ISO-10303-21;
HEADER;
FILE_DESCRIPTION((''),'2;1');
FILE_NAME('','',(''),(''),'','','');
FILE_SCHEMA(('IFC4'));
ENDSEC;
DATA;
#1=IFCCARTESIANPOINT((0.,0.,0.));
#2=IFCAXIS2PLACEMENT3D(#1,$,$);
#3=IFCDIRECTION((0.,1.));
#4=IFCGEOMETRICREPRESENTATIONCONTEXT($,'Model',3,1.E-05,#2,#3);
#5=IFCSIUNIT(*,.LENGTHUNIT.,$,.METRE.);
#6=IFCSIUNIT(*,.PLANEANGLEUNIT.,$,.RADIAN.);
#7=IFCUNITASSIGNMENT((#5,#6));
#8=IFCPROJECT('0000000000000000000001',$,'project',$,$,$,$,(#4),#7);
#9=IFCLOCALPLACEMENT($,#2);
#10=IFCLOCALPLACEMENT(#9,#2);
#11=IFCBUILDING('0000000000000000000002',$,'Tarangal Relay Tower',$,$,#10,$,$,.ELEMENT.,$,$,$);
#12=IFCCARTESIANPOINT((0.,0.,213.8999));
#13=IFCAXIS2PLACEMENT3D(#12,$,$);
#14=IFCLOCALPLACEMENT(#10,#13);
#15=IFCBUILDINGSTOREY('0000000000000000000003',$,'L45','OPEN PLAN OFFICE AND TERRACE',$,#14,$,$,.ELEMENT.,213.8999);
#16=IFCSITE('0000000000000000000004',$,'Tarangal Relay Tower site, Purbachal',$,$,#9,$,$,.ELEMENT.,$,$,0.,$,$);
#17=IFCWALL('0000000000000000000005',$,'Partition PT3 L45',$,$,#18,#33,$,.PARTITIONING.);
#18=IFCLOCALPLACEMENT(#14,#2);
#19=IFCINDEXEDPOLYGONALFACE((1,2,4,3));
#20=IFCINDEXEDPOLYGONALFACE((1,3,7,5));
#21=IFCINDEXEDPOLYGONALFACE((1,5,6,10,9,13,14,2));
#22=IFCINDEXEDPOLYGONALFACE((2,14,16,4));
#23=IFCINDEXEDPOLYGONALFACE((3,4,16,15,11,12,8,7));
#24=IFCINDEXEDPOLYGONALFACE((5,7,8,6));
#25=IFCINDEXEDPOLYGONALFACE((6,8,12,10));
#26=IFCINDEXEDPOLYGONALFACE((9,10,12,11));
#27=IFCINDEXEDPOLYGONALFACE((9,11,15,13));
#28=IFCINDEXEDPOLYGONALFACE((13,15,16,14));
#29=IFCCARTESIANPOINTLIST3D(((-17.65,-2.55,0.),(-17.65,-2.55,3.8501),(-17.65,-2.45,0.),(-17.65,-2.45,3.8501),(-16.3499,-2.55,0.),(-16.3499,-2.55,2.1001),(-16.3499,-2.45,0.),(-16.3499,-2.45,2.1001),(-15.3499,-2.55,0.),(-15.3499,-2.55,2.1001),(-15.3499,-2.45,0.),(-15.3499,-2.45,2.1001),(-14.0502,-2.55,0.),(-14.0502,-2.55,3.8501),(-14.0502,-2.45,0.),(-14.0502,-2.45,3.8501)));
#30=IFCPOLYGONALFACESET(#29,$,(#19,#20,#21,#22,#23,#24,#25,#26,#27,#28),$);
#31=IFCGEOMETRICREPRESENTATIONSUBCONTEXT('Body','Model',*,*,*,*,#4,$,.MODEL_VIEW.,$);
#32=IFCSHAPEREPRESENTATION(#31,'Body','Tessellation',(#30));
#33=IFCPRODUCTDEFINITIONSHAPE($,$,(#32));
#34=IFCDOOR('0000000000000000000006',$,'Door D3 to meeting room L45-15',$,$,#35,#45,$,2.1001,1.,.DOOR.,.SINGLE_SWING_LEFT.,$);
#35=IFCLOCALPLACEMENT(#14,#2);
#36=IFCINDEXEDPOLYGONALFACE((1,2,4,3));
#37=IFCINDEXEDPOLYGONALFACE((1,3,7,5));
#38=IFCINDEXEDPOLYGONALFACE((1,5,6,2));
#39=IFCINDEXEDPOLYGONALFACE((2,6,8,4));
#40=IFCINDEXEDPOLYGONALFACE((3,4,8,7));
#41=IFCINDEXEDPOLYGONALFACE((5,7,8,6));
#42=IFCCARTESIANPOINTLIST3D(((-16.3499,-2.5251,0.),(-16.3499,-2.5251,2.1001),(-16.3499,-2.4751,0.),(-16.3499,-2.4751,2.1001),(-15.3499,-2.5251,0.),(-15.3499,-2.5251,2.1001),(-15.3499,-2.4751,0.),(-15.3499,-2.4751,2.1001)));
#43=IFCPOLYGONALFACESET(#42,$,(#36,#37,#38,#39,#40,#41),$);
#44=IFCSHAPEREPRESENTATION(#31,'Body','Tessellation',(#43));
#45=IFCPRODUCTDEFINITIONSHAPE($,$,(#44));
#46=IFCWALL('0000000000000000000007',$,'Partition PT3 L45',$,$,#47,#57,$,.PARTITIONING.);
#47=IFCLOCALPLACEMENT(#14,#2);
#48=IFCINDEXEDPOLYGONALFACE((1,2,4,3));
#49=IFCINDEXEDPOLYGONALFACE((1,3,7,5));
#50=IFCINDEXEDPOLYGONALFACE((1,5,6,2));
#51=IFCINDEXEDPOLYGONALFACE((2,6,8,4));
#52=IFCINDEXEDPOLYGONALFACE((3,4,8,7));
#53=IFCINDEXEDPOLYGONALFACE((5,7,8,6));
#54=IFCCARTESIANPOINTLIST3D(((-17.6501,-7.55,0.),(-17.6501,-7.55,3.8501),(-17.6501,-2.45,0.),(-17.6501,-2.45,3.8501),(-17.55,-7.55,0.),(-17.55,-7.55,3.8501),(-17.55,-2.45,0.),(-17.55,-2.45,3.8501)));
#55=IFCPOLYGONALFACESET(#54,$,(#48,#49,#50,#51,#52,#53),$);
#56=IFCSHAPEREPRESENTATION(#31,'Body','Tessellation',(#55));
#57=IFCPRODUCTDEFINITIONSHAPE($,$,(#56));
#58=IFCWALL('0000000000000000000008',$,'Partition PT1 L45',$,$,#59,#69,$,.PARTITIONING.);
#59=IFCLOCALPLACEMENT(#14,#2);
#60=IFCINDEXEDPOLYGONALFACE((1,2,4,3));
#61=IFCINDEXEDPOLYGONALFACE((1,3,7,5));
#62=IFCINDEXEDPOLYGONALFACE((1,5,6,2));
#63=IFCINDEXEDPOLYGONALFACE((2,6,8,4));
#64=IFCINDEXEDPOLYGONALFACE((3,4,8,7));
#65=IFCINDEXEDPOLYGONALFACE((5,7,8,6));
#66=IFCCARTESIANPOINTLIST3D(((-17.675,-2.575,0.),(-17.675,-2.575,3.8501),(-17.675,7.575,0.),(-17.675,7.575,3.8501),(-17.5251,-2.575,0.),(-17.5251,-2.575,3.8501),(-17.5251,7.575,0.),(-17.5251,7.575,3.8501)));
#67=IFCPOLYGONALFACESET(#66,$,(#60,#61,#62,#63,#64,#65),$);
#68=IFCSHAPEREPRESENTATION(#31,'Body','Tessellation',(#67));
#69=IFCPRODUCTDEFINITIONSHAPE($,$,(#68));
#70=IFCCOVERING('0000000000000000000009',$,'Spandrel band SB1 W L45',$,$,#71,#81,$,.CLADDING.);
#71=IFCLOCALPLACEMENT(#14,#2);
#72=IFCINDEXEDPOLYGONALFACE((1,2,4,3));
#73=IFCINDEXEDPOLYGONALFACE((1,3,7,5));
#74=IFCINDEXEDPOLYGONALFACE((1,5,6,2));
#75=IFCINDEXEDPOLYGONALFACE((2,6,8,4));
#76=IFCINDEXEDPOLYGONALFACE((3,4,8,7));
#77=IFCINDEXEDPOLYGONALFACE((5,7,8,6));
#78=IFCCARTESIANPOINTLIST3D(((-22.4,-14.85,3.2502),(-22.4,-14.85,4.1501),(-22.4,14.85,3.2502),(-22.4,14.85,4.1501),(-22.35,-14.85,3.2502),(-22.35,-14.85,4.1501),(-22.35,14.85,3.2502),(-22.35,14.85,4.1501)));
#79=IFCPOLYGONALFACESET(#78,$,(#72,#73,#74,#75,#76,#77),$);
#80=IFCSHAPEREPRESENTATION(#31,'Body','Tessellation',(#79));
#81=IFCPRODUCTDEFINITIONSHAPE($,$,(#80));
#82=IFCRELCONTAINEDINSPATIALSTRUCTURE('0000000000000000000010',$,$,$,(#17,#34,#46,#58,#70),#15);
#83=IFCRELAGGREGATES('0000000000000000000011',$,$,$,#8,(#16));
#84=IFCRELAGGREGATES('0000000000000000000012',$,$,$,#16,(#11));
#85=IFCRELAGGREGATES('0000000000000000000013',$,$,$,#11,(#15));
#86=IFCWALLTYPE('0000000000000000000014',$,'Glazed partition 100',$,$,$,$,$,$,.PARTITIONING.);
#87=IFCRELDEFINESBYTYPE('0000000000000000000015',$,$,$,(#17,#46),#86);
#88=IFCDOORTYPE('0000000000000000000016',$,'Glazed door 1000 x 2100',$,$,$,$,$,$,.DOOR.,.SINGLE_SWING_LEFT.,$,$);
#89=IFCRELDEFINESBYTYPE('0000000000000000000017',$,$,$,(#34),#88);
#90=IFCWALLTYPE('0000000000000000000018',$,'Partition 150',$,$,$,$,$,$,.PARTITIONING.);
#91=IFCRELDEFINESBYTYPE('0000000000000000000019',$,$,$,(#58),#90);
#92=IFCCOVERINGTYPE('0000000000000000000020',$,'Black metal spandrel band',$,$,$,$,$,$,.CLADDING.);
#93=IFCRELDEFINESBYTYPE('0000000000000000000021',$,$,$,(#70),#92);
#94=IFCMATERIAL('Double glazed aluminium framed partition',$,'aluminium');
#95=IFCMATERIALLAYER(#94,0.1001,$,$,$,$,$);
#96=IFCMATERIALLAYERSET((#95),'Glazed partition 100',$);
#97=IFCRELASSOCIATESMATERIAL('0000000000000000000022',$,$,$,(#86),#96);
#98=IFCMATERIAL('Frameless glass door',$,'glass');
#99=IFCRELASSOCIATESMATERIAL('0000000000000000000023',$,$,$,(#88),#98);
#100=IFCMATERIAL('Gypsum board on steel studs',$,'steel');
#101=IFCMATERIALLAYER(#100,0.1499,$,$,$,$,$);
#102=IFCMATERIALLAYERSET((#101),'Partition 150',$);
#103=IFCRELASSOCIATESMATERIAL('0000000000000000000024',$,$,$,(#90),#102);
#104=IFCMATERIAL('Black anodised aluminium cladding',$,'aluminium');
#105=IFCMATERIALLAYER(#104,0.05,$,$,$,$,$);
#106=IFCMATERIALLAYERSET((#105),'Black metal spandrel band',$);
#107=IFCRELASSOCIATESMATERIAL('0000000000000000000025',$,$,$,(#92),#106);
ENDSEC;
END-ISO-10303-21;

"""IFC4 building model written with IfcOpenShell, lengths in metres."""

from ifc_helpers import new_model, si_unit, direction, frame, frame_2d, origin, origin_2d, place, context, subcontext, project, spatial, rectangle, extrude, material, layer, layer_set, type_object, element, fill, save


model = new_model("IFC4")

# Units and contexts
model_context = context("Model", 3, precision=1e-05, world=origin(), true_north=direction((0.0, 1.0)))
body_context = subcontext(model_context, "Body", "Model", "MODEL_VIEW")
ifc_project = project(units=[si_unit("LENGTHUNIT", "METRE"), si_unit("PLANEANGLEUNIT", "RADIAN")], contexts=[model_context])

# Site, building, storey
site_placement = place(None, origin())
site = spatial("IfcSite", under=ifc_project, at=site_placement, Name="Tarangal Relay Tower site, Purbachal", CompositionType="ELEMENT", RefElevation=0.0)
building_placement = place(site_placement, origin())
building = spatial("IfcBuilding", under=site, at=building_placement, Name="Tarangal Relay Tower", CompositionType="ELEMENT")
storey_placement = place(building_placement, frame((0.0, 0.0, 213.8999)))
storey = spatial("IfcBuildingStorey", under=building, at=storey_placement, Name="L45", Description="OPEN PLAN OFFICE AND TERRACE", CompositionType="ELEMENT", Elevation=213.8999)

# Shared definitions
ifc_material_1 = material(Name="Double glazed aluminium framed partition", Category="aluminium")
ifc_layer_1 = layer(ifc_material_1, 0.1001)
ifc_layer_set_1 = layer_set([ifc_layer_1], Name="Glazed partition 100")
wall_type_1 = type_object("IfcWallType", Name="Glazed partition 100", PredefinedType="PARTITIONING", material=ifc_layer_set_1)

# Wall, opening, door
wall_1_placement = place(storey_placement, frame((-17.6499, -2.5, 0.0), z_axis=(0.0, 0.0, 1.0), x_axis=(1.0, 0.0, 0.0)))
wall_1 = element("IfcWall", 1, at=wall_1_placement, inside=storey, type_object=wall_type_1, Name="Partition PT3 L45", PredefinedType="PARTITIONING", context=body_context, shape_type="SweptSolid", body=[
    extrude(rectangle(XDim=3.5999, YDim=0.1001, at=frame_2d((1.7998, 0.0))), origin(), (0.0, 0.0, 1.0), 3.8501),
])
opening_placement = place(wall_1_placement, frame((1.3, 0.0, 0.0)))
opening = element("IfcOpeningElement", 2, at=opening_placement, cuts=wall_1, PredefinedType="OPENING", context=body_context, shape_type="SweptSolid", body=[
    extrude(rectangle(XDim=1.0, YDim=2.1001, at=frame_2d((0.5, 1.05))), frame((0.0, 0.0601, 0.0), z_axis=(0.0, -1.0, 0.0), x_axis=(1.0, 0.0, 0.0)), (0.0, 0.0, 1.0), 0.1201),
])
ifc_material_2 = material(Name="Frameless glass door", Category="glass")
door_type = type_object("IfcDoorType", Name="Glazed door 1000 x 2100", OperationType="SINGLE_SWING_LEFT", PredefinedType="DOOR", material=ifc_material_2)
door_placement = place(opening_placement, origin())
door = element("IfcDoor", 3, at=door_placement, inside=storey, type_object=door_type, Name="Door D3 to meeting room L45-15", OperationType="SINGLE_SWING_LEFT", OverallHeight=2.1001, OverallWidth=1.0, PredefinedType="DOOR", context=body_context, shape_type="SweptSolid", body=[
    extrude(rectangle(XDim=1.0, YDim=2.1001, at=frame_2d((0.5, 1.05))), frame((0.0, 0.0249, 0.0), z_axis=(0.0, -1.0, 0.0), x_axis=(1.0, 0.0, 0.0)), (0.0, 0.0, 1.0), 0.05),
])
fill(opening, door)

# Walls
wall_2_placement = place(storey_placement, frame((-17.6001, -7.55, 0.0), z_axis=(0.0, 0.0, 1.0), x_axis=(0.0, 1.0, 0.0)))
element("IfcWall", 4, at=wall_2_placement, inside=storey, type_object=wall_type_1, Name="Partition PT3 L45", PredefinedType="PARTITIONING", context=body_context, shape_type="SweptSolid", body=[
    extrude(rectangle(XDim=5.1001, YDim=0.1001, at=frame_2d((2.55, 0.0))), origin(), (0.0, 0.0, 1.0), 3.8501),
])
ifc_material_3 = material(Name="Gypsum board on steel studs", Category="steel")
ifc_layer_2 = layer(ifc_material_3, 0.1499)
ifc_layer_set_2 = layer_set([ifc_layer_2], Name="Partition 150")
wall_type_2 = type_object("IfcWallType", Name="Partition 150", PredefinedType="PARTITIONING", material=ifc_layer_set_2)
wall_3_placement = place(storey_placement, frame((-17.6001, -2.575, 0.0), z_axis=(0.0, 0.0, 1.0), x_axis=(0.0, 1.0, 0.0)))
element("IfcWall", 5, at=wall_3_placement, inside=storey, type_object=wall_type_2, Name="Partition PT1 L45", PredefinedType="PARTITIONING", context=body_context, shape_type="SweptSolid", body=[
    extrude(rectangle(XDim=10.1499, YDim=0.1499, at=frame_2d((5.075, 0.0))), origin(), (0.0, 0.0, 1.0), 3.8501),
])

# Covering
ifc_material_4 = material(Name="Black anodised aluminium cladding", Category="aluminium")
ifc_layer_3 = layer(ifc_material_4, 0.05)
ifc_layer_set_3 = layer_set([ifc_layer_3], Name="Black metal spandrel band")
covering_type = type_object("IfcCoveringType", Name="Black metal spandrel band", PredefinedType="CLADDING", material=ifc_layer_set_3)
covering_placement = place(storey_placement, frame((-22.375, 0.0, 3.2502), z_axis=(0.0, 0.0, 1.0), x_axis=(0.0, 1.0, 0.0)))
element("IfcCovering", 6, at=covering_placement, inside=storey, type_object=covering_type, Name="Spandrel band SB1 W L45", PredefinedType="CLADDING", context=body_context, shape_type="SweptSolid", body=[
    extrude(rectangle(XDim=29.7, YDim=0.05, at=origin_2d()), origin(), (0.0, 0.0, 1.0), 0.8999),
])

save(model, "model.ifc")
